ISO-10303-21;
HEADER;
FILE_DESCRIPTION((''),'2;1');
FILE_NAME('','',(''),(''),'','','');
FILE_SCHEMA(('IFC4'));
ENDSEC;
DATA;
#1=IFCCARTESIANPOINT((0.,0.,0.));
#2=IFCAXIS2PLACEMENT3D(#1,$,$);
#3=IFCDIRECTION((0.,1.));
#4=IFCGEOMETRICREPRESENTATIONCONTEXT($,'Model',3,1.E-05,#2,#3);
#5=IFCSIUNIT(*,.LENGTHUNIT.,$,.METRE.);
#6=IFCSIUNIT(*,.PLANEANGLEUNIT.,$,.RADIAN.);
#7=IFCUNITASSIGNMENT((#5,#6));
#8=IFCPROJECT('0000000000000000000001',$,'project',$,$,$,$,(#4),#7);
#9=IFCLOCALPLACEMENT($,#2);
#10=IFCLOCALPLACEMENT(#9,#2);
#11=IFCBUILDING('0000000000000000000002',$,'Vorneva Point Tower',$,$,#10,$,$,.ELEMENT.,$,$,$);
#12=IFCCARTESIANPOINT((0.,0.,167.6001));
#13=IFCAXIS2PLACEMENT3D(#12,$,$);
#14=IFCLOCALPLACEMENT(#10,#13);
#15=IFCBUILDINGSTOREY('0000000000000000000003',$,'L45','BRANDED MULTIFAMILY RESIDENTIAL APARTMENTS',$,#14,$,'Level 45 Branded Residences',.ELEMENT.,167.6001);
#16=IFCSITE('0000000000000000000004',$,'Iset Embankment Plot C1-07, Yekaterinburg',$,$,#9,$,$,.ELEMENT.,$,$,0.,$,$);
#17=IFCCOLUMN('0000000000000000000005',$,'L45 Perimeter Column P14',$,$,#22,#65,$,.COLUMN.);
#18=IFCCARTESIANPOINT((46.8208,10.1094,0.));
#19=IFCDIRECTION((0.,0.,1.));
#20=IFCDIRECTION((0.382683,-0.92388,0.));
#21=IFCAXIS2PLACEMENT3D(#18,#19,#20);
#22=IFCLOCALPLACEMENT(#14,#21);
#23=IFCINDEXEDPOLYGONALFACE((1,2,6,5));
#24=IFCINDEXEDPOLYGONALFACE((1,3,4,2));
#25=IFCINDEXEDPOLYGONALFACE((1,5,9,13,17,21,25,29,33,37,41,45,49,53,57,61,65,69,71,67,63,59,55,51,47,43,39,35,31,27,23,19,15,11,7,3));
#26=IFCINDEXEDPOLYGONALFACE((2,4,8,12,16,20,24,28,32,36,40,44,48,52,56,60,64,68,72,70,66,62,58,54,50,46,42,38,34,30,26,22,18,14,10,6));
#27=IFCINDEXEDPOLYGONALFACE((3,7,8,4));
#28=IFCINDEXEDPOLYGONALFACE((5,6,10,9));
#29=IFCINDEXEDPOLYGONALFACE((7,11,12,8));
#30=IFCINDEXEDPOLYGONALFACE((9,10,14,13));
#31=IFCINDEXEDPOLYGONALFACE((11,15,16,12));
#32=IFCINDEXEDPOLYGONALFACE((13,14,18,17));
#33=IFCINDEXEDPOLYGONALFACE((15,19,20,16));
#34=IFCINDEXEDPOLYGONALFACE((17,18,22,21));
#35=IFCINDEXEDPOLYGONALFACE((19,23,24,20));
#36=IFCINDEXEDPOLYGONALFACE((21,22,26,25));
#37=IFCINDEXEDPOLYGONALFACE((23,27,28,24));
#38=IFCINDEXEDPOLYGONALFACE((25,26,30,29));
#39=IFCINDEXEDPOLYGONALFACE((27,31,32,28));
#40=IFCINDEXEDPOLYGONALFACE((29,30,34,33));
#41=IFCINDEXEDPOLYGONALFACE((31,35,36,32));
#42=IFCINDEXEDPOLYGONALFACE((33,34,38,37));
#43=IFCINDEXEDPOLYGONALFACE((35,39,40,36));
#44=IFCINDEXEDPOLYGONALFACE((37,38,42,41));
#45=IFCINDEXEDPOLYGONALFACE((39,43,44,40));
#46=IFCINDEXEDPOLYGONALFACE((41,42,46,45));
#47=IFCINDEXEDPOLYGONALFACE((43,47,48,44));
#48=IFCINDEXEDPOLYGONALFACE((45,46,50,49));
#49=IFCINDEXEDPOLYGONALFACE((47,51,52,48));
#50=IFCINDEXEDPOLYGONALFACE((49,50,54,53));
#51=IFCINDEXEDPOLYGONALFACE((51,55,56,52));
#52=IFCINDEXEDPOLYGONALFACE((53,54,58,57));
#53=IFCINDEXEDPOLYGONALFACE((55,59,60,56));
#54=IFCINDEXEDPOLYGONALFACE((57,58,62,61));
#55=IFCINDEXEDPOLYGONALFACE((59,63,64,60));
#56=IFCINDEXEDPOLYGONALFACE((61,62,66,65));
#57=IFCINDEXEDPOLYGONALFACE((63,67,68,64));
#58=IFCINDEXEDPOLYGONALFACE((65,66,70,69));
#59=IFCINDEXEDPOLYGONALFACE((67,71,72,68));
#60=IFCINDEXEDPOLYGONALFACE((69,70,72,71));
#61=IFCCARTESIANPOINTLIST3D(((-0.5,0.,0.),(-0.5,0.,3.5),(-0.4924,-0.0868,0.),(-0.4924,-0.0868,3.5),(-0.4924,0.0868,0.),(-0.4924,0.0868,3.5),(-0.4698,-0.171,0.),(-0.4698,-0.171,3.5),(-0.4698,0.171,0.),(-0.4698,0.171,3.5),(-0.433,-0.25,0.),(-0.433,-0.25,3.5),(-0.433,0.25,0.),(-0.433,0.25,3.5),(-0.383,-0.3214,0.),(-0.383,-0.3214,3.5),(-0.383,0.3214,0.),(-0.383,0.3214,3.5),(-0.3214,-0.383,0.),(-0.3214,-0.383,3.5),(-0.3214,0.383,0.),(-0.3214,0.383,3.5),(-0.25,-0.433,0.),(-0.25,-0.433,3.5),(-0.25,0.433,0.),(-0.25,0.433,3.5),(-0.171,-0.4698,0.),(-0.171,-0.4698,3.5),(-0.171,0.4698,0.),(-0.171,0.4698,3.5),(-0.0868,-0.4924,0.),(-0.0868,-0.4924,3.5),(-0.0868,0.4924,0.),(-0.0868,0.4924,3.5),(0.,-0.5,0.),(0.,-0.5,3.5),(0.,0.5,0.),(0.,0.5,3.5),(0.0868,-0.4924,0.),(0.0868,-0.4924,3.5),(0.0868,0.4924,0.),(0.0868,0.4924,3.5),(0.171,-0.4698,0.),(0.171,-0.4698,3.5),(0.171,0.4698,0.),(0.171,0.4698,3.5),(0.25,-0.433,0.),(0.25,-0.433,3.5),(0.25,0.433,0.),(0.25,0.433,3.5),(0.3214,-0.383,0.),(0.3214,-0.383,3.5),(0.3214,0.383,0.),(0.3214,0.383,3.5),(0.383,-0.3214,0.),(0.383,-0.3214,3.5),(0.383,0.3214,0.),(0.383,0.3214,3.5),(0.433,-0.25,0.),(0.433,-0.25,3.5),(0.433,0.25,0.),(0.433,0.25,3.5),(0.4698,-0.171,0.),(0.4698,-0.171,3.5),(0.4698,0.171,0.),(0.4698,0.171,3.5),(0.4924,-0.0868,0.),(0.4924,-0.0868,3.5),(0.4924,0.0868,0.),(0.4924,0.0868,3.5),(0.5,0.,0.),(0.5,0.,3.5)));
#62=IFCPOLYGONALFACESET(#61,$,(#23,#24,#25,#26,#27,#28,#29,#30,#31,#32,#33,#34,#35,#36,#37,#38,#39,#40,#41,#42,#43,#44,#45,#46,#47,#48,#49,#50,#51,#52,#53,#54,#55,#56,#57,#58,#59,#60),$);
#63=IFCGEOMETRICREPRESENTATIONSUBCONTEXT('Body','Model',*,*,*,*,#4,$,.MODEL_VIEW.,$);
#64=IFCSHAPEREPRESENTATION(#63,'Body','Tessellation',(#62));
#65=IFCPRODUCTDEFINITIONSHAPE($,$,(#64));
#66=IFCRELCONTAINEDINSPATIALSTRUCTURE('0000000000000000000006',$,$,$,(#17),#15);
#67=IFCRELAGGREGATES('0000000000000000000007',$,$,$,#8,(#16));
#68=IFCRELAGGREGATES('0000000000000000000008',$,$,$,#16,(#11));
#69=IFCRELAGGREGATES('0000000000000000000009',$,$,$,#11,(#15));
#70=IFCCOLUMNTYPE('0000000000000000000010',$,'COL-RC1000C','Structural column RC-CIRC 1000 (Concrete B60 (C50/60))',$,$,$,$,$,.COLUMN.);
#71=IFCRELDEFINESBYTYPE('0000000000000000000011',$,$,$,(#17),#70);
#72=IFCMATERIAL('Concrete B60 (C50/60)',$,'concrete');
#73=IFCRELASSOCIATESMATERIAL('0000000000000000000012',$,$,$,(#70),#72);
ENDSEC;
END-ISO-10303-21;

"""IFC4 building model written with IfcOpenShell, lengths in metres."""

from ifc_helpers import new_model, si_unit, direction, frame, origin, origin_2d, place, context, subcontext, project, spatial, circle, extrude, material, material_profile, profile_set, type_object, element, save


model = new_model("IFC4")

# Units and contexts
model_context = context("Model", 3, precision=1e-05, world=origin(), true_north=direction((0.0, 1.0)))
body_context = subcontext(model_context, "Body", "Model", "MODEL_VIEW")
ifc_project = project(units=[si_unit("LENGTHUNIT", "METRE"), si_unit("PLANEANGLEUNIT", "RADIAN")], contexts=[model_context])

# Site, building, storey
site_placement = place(None, origin())
site = spatial("IfcSite", under=ifc_project, at=site_placement, Name="Iset Embankment Plot C1-07, Yekaterinburg", CompositionType="ELEMENT", RefElevation=0.0)
building_placement = place(site_placement, origin())
building = spatial("IfcBuilding", under=site, at=building_placement, Name="Vorneva Point Tower", CompositionType="ELEMENT")
storey_placement = place(building_placement, frame((0.0, 0.0, 167.6001)))
storey = spatial("IfcBuildingStorey", under=building, at=storey_placement, Name="L45", Description="BRANDED MULTIFAMILY RESIDENTIAL APARTMENTS", LongName="Level 45 Branded Residences", CompositionType="ELEMENT", Elevation=167.6001)

# Column
ifc_material_1 = material(Name="Concrete B60 (C50/60)", Category="concrete")
ifc_material_profile_1 = material_profile(ifc_material_1, circle(Radius=0.5, at=origin_2d()), Name="RC-CIRC 1000")
ifc_profile_set_1 = profile_set([ifc_material_profile_1], Name="Concrete B60 (C50/60)")
column_type = type_object("IfcColumnType", Name="COL-RC1000C", Description="Structural column RC-CIRC 1000 (Concrete B60 (C50/60))", PredefinedType="COLUMN", material=ifc_profile_set_1)
for number, where, z_axis, x_axis, name in (
    (1, (46.8208, 10.1094, 0.0), (0.0, 0.0, 1.0), (0.382683, -0.92388, 0.0), "L45 Perimeter Column P14"),
):
    element("IfcColumn", number, at=place(storey_placement, frame(where, z_axis=z_axis, x_axis=x_axis)), inside=storey, type_object=column_type, Name=name, PredefinedType="COLUMN", context=body_context, shape_type="SweptSolid", body=[
        extrude(circle(Radius=0.5, at=origin_2d()), origin(), (0.0, 0.0, 1.0), 3.5),
    ])

save(model, "model.ifc")
